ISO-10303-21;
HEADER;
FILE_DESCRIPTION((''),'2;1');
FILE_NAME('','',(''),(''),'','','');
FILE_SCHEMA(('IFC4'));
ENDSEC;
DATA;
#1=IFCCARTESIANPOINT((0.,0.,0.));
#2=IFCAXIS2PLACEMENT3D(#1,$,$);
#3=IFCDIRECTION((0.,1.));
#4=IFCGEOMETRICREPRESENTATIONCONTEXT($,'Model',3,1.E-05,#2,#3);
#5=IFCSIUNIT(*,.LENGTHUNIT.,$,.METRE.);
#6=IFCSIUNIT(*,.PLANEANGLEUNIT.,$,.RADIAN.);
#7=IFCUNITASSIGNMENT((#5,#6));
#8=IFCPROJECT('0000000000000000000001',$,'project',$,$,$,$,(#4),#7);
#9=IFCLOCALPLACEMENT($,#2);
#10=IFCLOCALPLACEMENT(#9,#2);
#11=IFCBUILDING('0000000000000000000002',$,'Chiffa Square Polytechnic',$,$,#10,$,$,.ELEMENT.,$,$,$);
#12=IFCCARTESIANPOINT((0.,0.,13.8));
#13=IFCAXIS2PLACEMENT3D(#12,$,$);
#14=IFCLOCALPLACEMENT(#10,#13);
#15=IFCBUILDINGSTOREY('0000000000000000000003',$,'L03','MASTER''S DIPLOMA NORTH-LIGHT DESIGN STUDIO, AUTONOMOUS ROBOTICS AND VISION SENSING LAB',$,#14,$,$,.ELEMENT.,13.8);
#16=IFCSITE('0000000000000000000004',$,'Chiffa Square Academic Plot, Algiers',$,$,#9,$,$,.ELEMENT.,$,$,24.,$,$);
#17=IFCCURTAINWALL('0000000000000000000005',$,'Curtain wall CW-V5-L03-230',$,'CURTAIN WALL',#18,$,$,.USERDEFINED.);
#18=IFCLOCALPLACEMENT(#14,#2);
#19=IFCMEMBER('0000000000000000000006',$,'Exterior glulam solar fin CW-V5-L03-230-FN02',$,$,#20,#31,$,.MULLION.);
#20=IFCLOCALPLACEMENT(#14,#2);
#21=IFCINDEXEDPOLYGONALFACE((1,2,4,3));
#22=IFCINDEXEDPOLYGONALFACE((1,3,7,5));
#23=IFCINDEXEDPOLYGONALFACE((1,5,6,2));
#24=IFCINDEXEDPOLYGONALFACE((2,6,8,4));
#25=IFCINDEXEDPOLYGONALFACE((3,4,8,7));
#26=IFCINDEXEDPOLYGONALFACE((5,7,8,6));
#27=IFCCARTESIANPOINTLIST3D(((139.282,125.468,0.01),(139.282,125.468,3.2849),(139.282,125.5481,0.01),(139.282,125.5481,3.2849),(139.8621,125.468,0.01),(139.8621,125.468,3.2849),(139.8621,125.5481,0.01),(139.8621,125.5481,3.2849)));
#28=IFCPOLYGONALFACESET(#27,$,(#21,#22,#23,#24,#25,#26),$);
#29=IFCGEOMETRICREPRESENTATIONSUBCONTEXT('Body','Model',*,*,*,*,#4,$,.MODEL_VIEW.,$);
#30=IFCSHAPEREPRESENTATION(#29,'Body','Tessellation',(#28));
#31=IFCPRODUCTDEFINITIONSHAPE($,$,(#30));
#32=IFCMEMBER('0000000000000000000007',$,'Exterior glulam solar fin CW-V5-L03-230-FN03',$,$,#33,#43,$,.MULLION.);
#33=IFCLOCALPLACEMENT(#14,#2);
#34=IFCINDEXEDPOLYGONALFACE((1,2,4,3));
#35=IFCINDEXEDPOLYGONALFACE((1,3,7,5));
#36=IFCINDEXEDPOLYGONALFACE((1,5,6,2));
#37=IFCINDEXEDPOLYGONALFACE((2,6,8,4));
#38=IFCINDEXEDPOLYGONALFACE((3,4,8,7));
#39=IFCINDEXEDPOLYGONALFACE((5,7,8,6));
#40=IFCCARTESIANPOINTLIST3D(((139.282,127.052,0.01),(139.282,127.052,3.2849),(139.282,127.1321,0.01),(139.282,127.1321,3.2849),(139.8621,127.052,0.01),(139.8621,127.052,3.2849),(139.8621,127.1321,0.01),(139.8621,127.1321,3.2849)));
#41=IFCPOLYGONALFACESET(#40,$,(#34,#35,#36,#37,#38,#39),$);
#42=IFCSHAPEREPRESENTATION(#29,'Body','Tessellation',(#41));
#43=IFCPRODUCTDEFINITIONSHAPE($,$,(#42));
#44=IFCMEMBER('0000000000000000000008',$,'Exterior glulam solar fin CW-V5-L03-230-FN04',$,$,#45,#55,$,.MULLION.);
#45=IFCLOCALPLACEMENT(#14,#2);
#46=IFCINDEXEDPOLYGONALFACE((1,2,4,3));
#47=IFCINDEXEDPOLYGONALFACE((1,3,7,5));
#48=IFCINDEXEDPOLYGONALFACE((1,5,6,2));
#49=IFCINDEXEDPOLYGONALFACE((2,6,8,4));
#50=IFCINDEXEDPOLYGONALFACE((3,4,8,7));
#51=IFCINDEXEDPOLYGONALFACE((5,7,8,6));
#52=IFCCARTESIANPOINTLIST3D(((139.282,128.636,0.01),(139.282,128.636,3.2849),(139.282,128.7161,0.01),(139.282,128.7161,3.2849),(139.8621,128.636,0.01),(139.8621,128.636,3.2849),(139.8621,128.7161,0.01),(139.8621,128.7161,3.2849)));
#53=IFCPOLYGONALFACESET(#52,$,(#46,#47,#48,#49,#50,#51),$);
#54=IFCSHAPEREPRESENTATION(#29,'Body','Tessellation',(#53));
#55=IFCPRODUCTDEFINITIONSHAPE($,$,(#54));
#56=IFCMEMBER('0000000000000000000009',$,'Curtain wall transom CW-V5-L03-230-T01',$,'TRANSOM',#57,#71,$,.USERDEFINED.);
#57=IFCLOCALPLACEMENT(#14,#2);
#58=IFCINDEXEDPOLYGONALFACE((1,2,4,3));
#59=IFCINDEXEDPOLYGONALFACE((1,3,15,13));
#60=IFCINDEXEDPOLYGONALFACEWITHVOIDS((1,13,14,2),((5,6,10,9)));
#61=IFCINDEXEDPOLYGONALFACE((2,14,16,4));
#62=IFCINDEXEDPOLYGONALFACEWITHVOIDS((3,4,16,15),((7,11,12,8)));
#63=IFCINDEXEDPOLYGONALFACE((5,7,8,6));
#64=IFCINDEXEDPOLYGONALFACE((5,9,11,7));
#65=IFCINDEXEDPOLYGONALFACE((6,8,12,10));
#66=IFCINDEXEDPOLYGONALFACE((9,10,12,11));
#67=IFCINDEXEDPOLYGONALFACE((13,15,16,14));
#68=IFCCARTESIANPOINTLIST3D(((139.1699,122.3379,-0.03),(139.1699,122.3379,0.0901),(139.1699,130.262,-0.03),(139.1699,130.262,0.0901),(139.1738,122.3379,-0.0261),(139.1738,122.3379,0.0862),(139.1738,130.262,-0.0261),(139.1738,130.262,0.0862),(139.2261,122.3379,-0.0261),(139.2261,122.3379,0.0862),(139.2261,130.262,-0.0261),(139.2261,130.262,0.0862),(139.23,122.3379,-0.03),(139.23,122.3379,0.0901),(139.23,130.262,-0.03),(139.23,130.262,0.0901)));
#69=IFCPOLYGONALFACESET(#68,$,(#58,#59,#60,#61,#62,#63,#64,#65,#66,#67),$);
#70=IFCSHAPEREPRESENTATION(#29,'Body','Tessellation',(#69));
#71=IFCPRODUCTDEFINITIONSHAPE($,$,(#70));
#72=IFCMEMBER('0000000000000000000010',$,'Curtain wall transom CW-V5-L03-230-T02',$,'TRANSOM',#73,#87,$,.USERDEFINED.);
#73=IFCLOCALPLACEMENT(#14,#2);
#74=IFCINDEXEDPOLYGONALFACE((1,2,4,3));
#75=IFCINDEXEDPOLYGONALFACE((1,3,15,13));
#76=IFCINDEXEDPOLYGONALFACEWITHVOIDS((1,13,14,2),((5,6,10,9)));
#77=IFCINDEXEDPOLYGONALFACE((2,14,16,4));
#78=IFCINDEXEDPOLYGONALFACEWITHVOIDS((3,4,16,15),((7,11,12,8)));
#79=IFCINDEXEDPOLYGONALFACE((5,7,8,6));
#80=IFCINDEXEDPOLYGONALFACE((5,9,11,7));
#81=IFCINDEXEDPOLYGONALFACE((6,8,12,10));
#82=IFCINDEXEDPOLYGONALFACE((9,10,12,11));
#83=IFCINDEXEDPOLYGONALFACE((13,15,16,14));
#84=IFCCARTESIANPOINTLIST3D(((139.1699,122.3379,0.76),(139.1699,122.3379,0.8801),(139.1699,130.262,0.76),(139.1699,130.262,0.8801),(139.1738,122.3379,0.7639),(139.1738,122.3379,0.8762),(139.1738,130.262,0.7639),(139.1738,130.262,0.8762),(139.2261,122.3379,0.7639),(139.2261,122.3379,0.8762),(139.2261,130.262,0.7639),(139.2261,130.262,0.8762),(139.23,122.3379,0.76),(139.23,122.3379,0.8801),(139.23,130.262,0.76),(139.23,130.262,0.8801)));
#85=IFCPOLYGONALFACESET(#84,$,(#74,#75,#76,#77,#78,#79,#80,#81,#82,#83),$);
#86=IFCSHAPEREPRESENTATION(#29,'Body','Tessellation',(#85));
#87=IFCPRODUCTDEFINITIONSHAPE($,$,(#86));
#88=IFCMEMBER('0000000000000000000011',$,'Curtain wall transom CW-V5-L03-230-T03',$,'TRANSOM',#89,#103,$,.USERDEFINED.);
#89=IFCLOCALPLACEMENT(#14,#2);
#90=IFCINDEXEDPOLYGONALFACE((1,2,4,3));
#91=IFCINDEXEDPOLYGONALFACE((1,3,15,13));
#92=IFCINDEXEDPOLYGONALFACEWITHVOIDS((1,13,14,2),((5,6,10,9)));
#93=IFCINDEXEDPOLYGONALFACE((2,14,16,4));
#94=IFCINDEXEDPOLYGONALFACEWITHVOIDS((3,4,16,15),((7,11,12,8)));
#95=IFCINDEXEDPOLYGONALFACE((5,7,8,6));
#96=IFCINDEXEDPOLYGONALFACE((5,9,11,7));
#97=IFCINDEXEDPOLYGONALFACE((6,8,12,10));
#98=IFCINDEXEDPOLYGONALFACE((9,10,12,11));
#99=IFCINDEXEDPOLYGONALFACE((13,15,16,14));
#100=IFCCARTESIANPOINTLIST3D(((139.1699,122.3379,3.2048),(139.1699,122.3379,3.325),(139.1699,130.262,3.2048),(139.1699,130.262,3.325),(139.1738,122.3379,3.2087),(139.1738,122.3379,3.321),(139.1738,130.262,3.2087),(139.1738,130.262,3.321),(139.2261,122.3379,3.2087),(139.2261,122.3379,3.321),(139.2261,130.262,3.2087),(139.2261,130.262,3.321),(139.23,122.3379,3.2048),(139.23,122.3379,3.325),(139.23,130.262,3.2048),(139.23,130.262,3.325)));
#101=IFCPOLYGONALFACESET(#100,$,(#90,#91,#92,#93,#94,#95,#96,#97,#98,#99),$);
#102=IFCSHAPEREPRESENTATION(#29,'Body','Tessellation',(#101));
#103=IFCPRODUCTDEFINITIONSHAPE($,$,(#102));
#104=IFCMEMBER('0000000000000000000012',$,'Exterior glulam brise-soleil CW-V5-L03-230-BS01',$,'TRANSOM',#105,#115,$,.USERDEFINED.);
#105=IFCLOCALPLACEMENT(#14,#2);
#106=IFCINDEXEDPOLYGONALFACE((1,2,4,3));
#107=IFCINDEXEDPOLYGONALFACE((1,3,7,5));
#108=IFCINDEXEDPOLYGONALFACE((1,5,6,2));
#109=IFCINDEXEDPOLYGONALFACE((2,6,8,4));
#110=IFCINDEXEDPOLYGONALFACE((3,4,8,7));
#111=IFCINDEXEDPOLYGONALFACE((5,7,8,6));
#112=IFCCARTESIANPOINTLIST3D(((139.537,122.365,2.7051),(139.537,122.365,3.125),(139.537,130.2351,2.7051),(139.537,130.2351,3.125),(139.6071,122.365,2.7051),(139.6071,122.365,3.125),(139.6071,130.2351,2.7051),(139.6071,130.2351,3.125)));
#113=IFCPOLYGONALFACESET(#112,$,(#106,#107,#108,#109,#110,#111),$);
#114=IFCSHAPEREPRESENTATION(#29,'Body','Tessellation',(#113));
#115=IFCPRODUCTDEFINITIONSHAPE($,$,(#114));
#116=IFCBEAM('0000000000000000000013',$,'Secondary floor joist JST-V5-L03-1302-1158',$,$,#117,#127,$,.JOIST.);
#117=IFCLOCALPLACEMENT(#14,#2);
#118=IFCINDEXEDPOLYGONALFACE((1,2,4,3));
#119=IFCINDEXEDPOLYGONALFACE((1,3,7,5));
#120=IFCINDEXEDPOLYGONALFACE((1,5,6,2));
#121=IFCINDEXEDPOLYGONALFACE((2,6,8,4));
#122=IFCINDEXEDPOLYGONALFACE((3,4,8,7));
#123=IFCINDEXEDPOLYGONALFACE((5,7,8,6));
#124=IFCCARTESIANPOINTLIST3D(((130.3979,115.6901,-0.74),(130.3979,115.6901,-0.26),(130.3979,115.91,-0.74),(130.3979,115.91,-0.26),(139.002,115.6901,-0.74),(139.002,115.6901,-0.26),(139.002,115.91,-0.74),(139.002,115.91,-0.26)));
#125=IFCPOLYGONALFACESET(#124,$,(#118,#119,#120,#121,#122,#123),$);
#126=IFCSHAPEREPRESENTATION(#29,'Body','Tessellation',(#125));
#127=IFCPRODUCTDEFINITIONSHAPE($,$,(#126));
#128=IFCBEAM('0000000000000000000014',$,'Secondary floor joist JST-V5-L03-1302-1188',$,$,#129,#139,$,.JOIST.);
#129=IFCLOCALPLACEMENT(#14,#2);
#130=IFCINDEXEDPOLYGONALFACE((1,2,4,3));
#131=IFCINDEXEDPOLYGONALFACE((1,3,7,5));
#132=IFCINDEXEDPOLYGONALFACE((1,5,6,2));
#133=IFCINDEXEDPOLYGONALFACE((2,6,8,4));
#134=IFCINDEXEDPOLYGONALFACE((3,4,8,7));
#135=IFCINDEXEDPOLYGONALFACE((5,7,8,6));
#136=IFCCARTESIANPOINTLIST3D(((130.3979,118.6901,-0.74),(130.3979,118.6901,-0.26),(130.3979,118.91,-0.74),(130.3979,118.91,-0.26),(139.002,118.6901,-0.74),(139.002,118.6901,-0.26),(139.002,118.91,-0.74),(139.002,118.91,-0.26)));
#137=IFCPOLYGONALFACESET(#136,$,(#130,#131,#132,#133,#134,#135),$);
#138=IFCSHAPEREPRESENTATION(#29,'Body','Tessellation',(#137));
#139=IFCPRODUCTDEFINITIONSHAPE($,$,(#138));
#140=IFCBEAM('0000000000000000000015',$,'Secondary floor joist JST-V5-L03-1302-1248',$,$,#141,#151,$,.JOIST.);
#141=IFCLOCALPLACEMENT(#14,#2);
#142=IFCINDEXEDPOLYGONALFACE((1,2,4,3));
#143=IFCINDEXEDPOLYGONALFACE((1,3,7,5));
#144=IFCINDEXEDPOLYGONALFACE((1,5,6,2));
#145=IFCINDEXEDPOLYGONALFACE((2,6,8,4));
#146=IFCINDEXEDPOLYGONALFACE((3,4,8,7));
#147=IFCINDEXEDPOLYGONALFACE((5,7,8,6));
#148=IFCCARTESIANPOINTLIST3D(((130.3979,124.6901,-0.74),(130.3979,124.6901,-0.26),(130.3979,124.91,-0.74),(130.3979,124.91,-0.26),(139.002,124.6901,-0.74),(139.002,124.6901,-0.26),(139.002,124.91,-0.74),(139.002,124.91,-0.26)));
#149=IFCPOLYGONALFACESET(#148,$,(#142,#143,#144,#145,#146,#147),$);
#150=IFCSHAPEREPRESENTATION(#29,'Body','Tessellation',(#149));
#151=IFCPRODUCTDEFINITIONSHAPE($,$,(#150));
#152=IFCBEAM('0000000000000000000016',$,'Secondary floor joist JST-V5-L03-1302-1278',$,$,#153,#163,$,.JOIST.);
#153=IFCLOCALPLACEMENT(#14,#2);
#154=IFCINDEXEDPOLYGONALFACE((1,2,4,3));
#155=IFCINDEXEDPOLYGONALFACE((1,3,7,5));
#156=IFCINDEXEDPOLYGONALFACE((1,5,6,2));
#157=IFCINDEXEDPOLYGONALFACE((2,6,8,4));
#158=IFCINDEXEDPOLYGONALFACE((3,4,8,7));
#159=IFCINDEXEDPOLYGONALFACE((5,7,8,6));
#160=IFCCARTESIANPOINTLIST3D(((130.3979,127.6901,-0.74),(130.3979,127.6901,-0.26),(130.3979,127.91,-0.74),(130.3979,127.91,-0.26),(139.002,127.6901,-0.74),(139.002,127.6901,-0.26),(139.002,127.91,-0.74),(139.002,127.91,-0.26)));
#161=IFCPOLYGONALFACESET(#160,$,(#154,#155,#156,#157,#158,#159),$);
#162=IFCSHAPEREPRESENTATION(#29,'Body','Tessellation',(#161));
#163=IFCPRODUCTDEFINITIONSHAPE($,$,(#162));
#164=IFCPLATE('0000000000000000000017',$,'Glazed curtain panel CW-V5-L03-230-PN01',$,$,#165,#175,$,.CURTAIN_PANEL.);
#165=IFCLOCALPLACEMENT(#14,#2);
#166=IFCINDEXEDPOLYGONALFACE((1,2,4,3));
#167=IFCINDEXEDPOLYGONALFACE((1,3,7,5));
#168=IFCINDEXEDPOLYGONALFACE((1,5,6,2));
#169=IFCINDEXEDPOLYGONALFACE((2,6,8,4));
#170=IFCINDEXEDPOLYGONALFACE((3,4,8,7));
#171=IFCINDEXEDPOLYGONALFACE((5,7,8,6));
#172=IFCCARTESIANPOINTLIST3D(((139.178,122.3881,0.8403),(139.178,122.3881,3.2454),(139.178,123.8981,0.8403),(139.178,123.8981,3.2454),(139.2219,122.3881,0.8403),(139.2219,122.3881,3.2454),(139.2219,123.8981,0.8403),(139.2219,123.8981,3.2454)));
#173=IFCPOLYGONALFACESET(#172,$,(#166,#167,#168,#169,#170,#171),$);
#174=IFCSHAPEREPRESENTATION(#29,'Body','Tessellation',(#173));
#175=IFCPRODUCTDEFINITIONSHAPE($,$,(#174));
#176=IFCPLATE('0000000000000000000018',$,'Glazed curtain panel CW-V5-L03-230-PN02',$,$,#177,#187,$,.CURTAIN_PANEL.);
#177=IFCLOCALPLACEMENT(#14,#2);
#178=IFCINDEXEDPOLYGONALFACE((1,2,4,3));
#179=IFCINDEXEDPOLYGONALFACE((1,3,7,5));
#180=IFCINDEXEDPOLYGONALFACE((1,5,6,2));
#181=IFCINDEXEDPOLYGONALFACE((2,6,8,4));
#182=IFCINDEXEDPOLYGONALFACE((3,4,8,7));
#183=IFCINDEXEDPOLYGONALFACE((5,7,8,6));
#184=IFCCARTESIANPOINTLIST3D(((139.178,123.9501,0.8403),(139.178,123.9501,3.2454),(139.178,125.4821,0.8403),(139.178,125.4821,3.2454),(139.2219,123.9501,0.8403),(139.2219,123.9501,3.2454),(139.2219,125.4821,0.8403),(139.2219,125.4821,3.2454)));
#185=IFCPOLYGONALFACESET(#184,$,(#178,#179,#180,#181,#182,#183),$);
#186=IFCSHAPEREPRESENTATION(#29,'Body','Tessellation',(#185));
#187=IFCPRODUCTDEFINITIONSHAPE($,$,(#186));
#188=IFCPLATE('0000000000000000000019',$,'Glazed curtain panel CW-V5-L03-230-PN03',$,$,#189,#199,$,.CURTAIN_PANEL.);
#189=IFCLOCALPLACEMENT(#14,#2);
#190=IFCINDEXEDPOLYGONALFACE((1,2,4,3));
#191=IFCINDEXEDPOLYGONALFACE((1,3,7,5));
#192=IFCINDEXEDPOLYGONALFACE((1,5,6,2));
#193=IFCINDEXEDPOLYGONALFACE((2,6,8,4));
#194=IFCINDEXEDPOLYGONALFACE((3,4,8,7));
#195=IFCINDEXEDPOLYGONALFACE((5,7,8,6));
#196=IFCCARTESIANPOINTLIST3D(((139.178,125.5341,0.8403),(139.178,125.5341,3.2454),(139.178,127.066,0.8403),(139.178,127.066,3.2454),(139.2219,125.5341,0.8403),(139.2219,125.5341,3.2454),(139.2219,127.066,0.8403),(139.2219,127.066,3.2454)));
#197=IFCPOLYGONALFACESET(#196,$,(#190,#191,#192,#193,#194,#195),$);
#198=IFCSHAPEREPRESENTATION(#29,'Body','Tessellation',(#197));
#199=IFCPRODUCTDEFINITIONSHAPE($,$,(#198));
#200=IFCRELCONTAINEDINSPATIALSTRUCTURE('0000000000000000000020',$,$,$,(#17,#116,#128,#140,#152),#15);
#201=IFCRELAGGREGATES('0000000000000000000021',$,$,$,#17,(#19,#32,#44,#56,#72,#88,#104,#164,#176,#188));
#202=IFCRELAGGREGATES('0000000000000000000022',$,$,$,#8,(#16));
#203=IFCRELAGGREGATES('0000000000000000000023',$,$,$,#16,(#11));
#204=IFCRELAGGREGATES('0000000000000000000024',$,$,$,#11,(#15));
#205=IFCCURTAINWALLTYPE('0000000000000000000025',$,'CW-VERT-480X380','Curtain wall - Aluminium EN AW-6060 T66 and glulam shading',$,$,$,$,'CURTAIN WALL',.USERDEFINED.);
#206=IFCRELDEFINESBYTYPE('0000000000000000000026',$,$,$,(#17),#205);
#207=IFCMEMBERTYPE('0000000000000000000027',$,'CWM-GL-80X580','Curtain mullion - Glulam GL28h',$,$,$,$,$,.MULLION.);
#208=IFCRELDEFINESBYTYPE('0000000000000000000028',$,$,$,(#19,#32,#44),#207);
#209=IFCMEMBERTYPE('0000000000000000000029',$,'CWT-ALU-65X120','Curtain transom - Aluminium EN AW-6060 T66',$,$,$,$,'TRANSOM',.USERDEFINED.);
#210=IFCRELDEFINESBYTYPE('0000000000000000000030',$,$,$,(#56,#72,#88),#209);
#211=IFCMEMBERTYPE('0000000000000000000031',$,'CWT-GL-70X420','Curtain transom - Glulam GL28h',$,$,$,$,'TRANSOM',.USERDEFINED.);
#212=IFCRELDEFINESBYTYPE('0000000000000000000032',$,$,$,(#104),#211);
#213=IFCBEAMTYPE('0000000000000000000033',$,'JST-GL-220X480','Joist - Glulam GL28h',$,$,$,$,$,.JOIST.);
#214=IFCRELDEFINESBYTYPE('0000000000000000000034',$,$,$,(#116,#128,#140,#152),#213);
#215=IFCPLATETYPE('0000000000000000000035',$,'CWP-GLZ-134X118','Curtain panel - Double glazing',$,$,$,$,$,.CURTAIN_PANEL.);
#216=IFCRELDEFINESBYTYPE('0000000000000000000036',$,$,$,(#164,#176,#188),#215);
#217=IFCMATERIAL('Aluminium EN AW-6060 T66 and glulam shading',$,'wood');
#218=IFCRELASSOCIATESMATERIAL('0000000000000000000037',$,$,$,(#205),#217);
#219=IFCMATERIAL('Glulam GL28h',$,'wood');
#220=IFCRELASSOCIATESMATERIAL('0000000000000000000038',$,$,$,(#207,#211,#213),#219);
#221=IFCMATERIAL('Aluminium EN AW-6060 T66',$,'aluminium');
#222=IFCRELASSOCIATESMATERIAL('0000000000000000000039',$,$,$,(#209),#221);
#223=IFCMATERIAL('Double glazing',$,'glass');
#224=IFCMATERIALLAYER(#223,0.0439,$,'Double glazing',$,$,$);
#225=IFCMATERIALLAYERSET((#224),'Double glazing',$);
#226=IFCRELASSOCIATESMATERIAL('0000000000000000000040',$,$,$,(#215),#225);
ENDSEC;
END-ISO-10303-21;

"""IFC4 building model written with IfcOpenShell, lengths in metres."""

from ifc_helpers import new_model, si_unit, direction, frame, origin, origin_2d, place, context, subcontext, project, spatial, rectangle, hollow_rectangle, extrude, material, layer, layer_set, material_profile, profile_set, type_object, element, aggregate, save


model = new_model("IFC4")

# Units and contexts
model_context = context("Model", 3, precision=1e-05, world=origin(), true_north=direction((0.0, 1.0)))
body_context = subcontext(model_context, "Body", "Model", "MODEL_VIEW")
ifc_project = project(units=[si_unit("LENGTHUNIT", "METRE"), si_unit("PLANEANGLEUNIT", "RADIAN")], contexts=[model_context])

# Site, building, storey
site_placement = place(None, origin())
site = spatial("IfcSite", under=ifc_project, at=site_placement, Name="Chiffa Square Academic Plot, Algiers", CompositionType="ELEMENT", RefElevation=24.0)
building_placement = place(site_placement, origin())
building = spatial("IfcBuilding", under=site, at=building_placement, Name="Chiffa Square Polytechnic", CompositionType="ELEMENT")
storey_placement = place(building_placement, frame((0.0, 0.0, 13.8)))
storey = spatial("IfcBuildingStorey", under=building, at=storey_placement, Name="L03", Description="MASTER'S DIPLOMA NORTH-LIGHT DESIGN STUDIO, AUTONOMOUS ROBOTICS AND VISION SENSING LAB", CompositionType="ELEMENT", Elevation=13.8)

# Curtain wall, members
ifc_material_1 = material(Name="Aluminium EN AW-6060 T66 and glulam shading", Category="wood")
curtain_wall_type = type_object("IfcCurtainWallType", Name="CW-VERT-480X380", Description="Curtain wall - Aluminium EN AW-6060 T66 and glulam shading", ElementType="CURTAIN WALL", PredefinedType="USERDEFINED", material=ifc_material_1)
curtain_wall_placement = place(storey_placement, origin())
curtain_wall = element("IfcCurtainWall", 1, at=curtain_wall_placement, inside=storey, type_object=curtain_wall_type, Name="Curtain wall CW-V5-L03-230", ObjectType="CURTAIN WALL", PredefinedType="USERDEFINED")
ifc_material_2 = material(Name="Aluminium EN AW-6060 T66", Category="aluminium")
ifc_material_3 = material(Name="Glulam GL28h", Category="wood")
ifc_material_profile_1 = material_profile(ifc_material_3, rectangle(XDim=0.0801, YDim=0.5801, at=origin_2d()), Name="GL28h 80x580")
ifc_profile_set_1 = profile_set([ifc_material_profile_1], Name="Glulam GL28h")
member_type_1 = type_object("IfcMemberType", Name="CWM-GL-80X580", Description="Curtain mullion - Glulam GL28h", PredefinedType="MULLION", material=ifc_profile_set_1)
member_1_placement = place(storey_placement, frame((139.572, 125.5081, 0.01), z_axis=(0.0, 0.0, 1.0), x_axis=(0.0, 1.0, 0.0)))
member_1 = element("IfcMember", 2, at=member_1_placement, type_object=member_type_1, Name="Exterior glulam solar fin CW-V5-L03-230-FN02", PredefinedType="MULLION", context=body_context, shape_type="SweptSolid", body=[
    extrude(rectangle(XDim=0.0801, YDim=0.5801, at=origin_2d()), origin(), (0.0, 0.0, 1.0), 3.2749),
])
member_2_placement = place(storey_placement, frame((139.572, 127.092, 0.01), z_axis=(0.0, 0.0, 1.0), x_axis=(0.0, 1.0, 0.0)))
member_2 = element("IfcMember", 3, at=member_2_placement, type_object=member_type_1, Name="Exterior glulam solar fin CW-V5-L03-230-FN03", PredefinedType="MULLION", context=body_context, shape_type="SweptSolid", body=[
    extrude(rectangle(XDim=0.0801, YDim=0.5801, at=origin_2d()), origin(), (0.0, 0.0, 1.0), 3.2749),
])
member_3_placement = place(storey_placement, frame((139.572, 128.676, 0.01), z_axis=(0.0, 0.0, 1.0), x_axis=(0.0, 1.0, 0.0)))
member_3 = element("IfcMember", 4, at=member_3_placement, type_object=member_type_1, Name="Exterior glulam solar fin CW-V5-L03-230-FN04", PredefinedType="MULLION", context=body_context, shape_type="SweptSolid", body=[
    extrude(rectangle(XDim=0.0801, YDim=0.5801, at=origin_2d()), origin(), (0.0, 0.0, 1.0), 3.2749),
])
ifc_material_profile_2 = material_profile(ifc_material_2, hollow_rectangle(XDim=0.0601, YDim=0.1201, WallThickness=0.0039, at=origin_2d()), Name="ALU 60x120x4")
ifc_profile_set_2 = profile_set([ifc_material_profile_2], Name="Aluminium EN AW-6060 T66")
member_type_2 = type_object("IfcMemberType", Name="CWT-ALU-65X120", Description="Curtain transom - Aluminium EN AW-6060 T66", ElementType="TRANSOM", PredefinedType="USERDEFINED", material=ifc_profile_set_2)
member_4_placement = place(storey_placement, frame((139.2, 122.3379, 0.03), z_axis=(0.0, 1.0, 0.0), x_axis=(-1.0, 0.0, 0.0)))
member_4 = element("IfcMember", 5, at=member_4_placement, type_object=member_type_2, Name="Curtain wall transom CW-V5-L03-230-T01", ObjectType="TRANSOM", PredefinedType="USERDEFINED", context=body_context, shape_type="SweptSolid", body=[
    extrude(hollow_rectangle(XDim=0.0601, YDim=0.1201, WallThickness=0.0039, at=origin_2d()), origin(), (0.0, 0.0, 1.0), 7.9241),
])
member_5_placement = place(storey_placement, frame((139.2, 122.3379, 0.8201), z_axis=(0.0, 1.0, 0.0), x_axis=(-1.0, 0.0, 0.0)))
member_5 = element("IfcMember", 6, at=member_5_placement, type_object=member_type_2, Name="Curtain wall transom CW-V5-L03-230-T02", ObjectType="TRANSOM", PredefinedType="USERDEFINED", context=body_context, shape_type="SweptSolid", body=[
    extrude(hollow_rectangle(XDim=0.0601, YDim=0.1201, WallThickness=0.0039, at=origin_2d()), origin(), (0.0, 0.0, 1.0), 7.9241),
])
member_6_placement = place(storey_placement, frame((139.2, 122.3379, 3.2649), z_axis=(0.0, 1.0, 0.0), x_axis=(-1.0, 0.0, 0.0)))
member_6 = element("IfcMember", 7, at=member_6_placement, type_object=member_type_2, Name="Curtain wall transom CW-V5-L03-230-T03", ObjectType="TRANSOM", PredefinedType="USERDEFINED", context=body_context, shape_type="SweptSolid", body=[
    extrude(hollow_rectangle(XDim=0.0601, YDim=0.1201, WallThickness=0.0039, at=origin_2d()), origin(), (0.0, 0.0, 1.0), 7.9241),
])
ifc_material_profile_3 = material_profile(ifc_material_3, rectangle(XDim=0.0701, YDim=0.4199, at=origin_2d()), Name="GL28h 70x420")
ifc_profile_set_3 = profile_set([ifc_material_profile_3], Name="Glulam GL28h")
member_type_3 = type_object("IfcMemberType", Name="CWT-GL-70X420", Description="Curtain transom - Glulam GL28h", ElementType="TRANSOM", PredefinedType="USERDEFINED", material=ifc_profile_set_3)
member_7_placement = place(storey_placement, frame((139.572, 122.365, 2.915), z_axis=(0.0, 1.0, 0.0), x_axis=(-1.0, 0.0, 0.0)))
member_7 = element("IfcMember", 8, at=member_7_placement, type_object=member_type_3, Name="Exterior glulam brise-soleil CW-V5-L03-230-BS01", ObjectType="TRANSOM", PredefinedType="USERDEFINED", context=body_context, shape_type="SweptSolid", body=[
    extrude(rectangle(XDim=0.0701, YDim=0.4199, at=origin_2d()), origin(), (0.0, 0.0, 1.0), 7.8701),
])

# Beams
ifc_material_profile_4 = material_profile(ifc_material_3, rectangle(XDim=0.22, YDim=0.48, at=origin_2d()), Name="GL28h 220x480")
ifc_profile_set_4 = profile_set([ifc_material_profile_4], Name="Glulam GL28h")
beam_type_1 = type_object("IfcBeamType", Name="JST-GL-220X480", Description="Joist - Glulam GL28h", PredefinedType="JOIST", material=ifc_profile_set_4)
for number, where, z_axis, x_axis, name in (
    (9, (130.3979, 115.8, -0.5), (1.0, 0.0, 0.0), (0.0, 1.0, 0.0), "Secondary floor joist JST-V5-L03-1302-1158"),
    (10, (130.3979, 118.8, -0.5), (1.0, 0.0, 0.0), (0.0, 1.0, 0.0), "Secondary floor joist JST-V5-L03-1302-1188"),
    (11, (130.3979, 124.8, -0.5), (1.0, 0.0, 0.0), (0.0, 1.0, 0.0), "Secondary floor joist JST-V5-L03-1302-1248"),
    (12, (130.3979, 127.8, -0.5), (1.0, 0.0, 0.0), (0.0, 1.0, 0.0), "Secondary floor joist JST-V5-L03-1302-1278"),
):
    element("IfcBeam", number, at=place(storey_placement, frame(where, z_axis=z_axis, x_axis=x_axis)), inside=storey, type_object=beam_type_1, Name=name, PredefinedType="JOIST", context=body_context, shape_type="SweptSolid", body=[
        extrude(rectangle(XDim=0.22, YDim=0.48, at=origin_2d()), origin(), (0.0, 0.0, 1.0), 8.604),
    ])

# Plates
ifc_material_4 = material(Name="Double glazing", Category="glass")
ifc_layer_1 = layer(ifc_material_4, 0.0439, Name="Double glazing")
ifc_layer_set_1 = layer_set([ifc_layer_1], Name="Double glazing")
plate_type_1 = type_object("IfcPlateType", Name="CWP-GLZ-134X118", Description="Curtain panel - Double glazing", PredefinedType="CURTAIN_PANEL", material=ifc_layer_set_1)
plate_1_placement = place(storey_placement, frame((139.2, 123.1431, 0.8403), z_axis=(0.0, 0.0, 1.0), x_axis=(0.0, 1.0, 0.0)))
plate_1 = element("IfcPlate", 13, at=plate_1_placement, type_object=plate_type_1, Name="Glazed curtain panel CW-V5-L03-230-PN01", PredefinedType="CURTAIN_PANEL", context=body_context, shape_type="SweptSolid", body=[
    extrude(rectangle(XDim=1.51, YDim=0.0439, at=origin_2d()), origin(), (0.0, 0.0, 1.0), 2.405),
])
plate_2_placement = place(storey_placement, frame((139.2, 124.7161, 0.8403), z_axis=(0.0, 0.0, 1.0), x_axis=(0.0, 1.0, 0.0)))
plate_2 = element("IfcPlate", 14, at=plate_2_placement, type_object=plate_type_1, Name="Glazed curtain panel CW-V5-L03-230-PN02", PredefinedType="CURTAIN_PANEL", context=body_context, shape_type="SweptSolid", body=[
    extrude(rectangle(XDim=1.532, YDim=0.0439, at=origin_2d()), origin(), (0.0, 0.0, 1.0), 2.405),
])
plate_3_placement = place(storey_placement, frame((139.2, 126.3, 0.8403), z_axis=(0.0, 0.0, 1.0), x_axis=(0.0, 1.0, 0.0)))
plate_3 = element("IfcPlate", 15, at=plate_3_placement, type_object=plate_type_1, Name="Glazed curtain panel CW-V5-L03-230-PN03", PredefinedType="CURTAIN_PANEL", context=body_context, shape_type="SweptSolid", body=[
    extrude(rectangle(XDim=1.532, YDim=0.0439, at=origin_2d()), origin(), (0.0, 0.0, 1.0), 2.405),
])
aggregate(curtain_wall, [member_1, member_2, member_3, member_4, member_5, member_6, member_7, plate_1, plate_2, plate_3])

save(model, "model.ifc")
